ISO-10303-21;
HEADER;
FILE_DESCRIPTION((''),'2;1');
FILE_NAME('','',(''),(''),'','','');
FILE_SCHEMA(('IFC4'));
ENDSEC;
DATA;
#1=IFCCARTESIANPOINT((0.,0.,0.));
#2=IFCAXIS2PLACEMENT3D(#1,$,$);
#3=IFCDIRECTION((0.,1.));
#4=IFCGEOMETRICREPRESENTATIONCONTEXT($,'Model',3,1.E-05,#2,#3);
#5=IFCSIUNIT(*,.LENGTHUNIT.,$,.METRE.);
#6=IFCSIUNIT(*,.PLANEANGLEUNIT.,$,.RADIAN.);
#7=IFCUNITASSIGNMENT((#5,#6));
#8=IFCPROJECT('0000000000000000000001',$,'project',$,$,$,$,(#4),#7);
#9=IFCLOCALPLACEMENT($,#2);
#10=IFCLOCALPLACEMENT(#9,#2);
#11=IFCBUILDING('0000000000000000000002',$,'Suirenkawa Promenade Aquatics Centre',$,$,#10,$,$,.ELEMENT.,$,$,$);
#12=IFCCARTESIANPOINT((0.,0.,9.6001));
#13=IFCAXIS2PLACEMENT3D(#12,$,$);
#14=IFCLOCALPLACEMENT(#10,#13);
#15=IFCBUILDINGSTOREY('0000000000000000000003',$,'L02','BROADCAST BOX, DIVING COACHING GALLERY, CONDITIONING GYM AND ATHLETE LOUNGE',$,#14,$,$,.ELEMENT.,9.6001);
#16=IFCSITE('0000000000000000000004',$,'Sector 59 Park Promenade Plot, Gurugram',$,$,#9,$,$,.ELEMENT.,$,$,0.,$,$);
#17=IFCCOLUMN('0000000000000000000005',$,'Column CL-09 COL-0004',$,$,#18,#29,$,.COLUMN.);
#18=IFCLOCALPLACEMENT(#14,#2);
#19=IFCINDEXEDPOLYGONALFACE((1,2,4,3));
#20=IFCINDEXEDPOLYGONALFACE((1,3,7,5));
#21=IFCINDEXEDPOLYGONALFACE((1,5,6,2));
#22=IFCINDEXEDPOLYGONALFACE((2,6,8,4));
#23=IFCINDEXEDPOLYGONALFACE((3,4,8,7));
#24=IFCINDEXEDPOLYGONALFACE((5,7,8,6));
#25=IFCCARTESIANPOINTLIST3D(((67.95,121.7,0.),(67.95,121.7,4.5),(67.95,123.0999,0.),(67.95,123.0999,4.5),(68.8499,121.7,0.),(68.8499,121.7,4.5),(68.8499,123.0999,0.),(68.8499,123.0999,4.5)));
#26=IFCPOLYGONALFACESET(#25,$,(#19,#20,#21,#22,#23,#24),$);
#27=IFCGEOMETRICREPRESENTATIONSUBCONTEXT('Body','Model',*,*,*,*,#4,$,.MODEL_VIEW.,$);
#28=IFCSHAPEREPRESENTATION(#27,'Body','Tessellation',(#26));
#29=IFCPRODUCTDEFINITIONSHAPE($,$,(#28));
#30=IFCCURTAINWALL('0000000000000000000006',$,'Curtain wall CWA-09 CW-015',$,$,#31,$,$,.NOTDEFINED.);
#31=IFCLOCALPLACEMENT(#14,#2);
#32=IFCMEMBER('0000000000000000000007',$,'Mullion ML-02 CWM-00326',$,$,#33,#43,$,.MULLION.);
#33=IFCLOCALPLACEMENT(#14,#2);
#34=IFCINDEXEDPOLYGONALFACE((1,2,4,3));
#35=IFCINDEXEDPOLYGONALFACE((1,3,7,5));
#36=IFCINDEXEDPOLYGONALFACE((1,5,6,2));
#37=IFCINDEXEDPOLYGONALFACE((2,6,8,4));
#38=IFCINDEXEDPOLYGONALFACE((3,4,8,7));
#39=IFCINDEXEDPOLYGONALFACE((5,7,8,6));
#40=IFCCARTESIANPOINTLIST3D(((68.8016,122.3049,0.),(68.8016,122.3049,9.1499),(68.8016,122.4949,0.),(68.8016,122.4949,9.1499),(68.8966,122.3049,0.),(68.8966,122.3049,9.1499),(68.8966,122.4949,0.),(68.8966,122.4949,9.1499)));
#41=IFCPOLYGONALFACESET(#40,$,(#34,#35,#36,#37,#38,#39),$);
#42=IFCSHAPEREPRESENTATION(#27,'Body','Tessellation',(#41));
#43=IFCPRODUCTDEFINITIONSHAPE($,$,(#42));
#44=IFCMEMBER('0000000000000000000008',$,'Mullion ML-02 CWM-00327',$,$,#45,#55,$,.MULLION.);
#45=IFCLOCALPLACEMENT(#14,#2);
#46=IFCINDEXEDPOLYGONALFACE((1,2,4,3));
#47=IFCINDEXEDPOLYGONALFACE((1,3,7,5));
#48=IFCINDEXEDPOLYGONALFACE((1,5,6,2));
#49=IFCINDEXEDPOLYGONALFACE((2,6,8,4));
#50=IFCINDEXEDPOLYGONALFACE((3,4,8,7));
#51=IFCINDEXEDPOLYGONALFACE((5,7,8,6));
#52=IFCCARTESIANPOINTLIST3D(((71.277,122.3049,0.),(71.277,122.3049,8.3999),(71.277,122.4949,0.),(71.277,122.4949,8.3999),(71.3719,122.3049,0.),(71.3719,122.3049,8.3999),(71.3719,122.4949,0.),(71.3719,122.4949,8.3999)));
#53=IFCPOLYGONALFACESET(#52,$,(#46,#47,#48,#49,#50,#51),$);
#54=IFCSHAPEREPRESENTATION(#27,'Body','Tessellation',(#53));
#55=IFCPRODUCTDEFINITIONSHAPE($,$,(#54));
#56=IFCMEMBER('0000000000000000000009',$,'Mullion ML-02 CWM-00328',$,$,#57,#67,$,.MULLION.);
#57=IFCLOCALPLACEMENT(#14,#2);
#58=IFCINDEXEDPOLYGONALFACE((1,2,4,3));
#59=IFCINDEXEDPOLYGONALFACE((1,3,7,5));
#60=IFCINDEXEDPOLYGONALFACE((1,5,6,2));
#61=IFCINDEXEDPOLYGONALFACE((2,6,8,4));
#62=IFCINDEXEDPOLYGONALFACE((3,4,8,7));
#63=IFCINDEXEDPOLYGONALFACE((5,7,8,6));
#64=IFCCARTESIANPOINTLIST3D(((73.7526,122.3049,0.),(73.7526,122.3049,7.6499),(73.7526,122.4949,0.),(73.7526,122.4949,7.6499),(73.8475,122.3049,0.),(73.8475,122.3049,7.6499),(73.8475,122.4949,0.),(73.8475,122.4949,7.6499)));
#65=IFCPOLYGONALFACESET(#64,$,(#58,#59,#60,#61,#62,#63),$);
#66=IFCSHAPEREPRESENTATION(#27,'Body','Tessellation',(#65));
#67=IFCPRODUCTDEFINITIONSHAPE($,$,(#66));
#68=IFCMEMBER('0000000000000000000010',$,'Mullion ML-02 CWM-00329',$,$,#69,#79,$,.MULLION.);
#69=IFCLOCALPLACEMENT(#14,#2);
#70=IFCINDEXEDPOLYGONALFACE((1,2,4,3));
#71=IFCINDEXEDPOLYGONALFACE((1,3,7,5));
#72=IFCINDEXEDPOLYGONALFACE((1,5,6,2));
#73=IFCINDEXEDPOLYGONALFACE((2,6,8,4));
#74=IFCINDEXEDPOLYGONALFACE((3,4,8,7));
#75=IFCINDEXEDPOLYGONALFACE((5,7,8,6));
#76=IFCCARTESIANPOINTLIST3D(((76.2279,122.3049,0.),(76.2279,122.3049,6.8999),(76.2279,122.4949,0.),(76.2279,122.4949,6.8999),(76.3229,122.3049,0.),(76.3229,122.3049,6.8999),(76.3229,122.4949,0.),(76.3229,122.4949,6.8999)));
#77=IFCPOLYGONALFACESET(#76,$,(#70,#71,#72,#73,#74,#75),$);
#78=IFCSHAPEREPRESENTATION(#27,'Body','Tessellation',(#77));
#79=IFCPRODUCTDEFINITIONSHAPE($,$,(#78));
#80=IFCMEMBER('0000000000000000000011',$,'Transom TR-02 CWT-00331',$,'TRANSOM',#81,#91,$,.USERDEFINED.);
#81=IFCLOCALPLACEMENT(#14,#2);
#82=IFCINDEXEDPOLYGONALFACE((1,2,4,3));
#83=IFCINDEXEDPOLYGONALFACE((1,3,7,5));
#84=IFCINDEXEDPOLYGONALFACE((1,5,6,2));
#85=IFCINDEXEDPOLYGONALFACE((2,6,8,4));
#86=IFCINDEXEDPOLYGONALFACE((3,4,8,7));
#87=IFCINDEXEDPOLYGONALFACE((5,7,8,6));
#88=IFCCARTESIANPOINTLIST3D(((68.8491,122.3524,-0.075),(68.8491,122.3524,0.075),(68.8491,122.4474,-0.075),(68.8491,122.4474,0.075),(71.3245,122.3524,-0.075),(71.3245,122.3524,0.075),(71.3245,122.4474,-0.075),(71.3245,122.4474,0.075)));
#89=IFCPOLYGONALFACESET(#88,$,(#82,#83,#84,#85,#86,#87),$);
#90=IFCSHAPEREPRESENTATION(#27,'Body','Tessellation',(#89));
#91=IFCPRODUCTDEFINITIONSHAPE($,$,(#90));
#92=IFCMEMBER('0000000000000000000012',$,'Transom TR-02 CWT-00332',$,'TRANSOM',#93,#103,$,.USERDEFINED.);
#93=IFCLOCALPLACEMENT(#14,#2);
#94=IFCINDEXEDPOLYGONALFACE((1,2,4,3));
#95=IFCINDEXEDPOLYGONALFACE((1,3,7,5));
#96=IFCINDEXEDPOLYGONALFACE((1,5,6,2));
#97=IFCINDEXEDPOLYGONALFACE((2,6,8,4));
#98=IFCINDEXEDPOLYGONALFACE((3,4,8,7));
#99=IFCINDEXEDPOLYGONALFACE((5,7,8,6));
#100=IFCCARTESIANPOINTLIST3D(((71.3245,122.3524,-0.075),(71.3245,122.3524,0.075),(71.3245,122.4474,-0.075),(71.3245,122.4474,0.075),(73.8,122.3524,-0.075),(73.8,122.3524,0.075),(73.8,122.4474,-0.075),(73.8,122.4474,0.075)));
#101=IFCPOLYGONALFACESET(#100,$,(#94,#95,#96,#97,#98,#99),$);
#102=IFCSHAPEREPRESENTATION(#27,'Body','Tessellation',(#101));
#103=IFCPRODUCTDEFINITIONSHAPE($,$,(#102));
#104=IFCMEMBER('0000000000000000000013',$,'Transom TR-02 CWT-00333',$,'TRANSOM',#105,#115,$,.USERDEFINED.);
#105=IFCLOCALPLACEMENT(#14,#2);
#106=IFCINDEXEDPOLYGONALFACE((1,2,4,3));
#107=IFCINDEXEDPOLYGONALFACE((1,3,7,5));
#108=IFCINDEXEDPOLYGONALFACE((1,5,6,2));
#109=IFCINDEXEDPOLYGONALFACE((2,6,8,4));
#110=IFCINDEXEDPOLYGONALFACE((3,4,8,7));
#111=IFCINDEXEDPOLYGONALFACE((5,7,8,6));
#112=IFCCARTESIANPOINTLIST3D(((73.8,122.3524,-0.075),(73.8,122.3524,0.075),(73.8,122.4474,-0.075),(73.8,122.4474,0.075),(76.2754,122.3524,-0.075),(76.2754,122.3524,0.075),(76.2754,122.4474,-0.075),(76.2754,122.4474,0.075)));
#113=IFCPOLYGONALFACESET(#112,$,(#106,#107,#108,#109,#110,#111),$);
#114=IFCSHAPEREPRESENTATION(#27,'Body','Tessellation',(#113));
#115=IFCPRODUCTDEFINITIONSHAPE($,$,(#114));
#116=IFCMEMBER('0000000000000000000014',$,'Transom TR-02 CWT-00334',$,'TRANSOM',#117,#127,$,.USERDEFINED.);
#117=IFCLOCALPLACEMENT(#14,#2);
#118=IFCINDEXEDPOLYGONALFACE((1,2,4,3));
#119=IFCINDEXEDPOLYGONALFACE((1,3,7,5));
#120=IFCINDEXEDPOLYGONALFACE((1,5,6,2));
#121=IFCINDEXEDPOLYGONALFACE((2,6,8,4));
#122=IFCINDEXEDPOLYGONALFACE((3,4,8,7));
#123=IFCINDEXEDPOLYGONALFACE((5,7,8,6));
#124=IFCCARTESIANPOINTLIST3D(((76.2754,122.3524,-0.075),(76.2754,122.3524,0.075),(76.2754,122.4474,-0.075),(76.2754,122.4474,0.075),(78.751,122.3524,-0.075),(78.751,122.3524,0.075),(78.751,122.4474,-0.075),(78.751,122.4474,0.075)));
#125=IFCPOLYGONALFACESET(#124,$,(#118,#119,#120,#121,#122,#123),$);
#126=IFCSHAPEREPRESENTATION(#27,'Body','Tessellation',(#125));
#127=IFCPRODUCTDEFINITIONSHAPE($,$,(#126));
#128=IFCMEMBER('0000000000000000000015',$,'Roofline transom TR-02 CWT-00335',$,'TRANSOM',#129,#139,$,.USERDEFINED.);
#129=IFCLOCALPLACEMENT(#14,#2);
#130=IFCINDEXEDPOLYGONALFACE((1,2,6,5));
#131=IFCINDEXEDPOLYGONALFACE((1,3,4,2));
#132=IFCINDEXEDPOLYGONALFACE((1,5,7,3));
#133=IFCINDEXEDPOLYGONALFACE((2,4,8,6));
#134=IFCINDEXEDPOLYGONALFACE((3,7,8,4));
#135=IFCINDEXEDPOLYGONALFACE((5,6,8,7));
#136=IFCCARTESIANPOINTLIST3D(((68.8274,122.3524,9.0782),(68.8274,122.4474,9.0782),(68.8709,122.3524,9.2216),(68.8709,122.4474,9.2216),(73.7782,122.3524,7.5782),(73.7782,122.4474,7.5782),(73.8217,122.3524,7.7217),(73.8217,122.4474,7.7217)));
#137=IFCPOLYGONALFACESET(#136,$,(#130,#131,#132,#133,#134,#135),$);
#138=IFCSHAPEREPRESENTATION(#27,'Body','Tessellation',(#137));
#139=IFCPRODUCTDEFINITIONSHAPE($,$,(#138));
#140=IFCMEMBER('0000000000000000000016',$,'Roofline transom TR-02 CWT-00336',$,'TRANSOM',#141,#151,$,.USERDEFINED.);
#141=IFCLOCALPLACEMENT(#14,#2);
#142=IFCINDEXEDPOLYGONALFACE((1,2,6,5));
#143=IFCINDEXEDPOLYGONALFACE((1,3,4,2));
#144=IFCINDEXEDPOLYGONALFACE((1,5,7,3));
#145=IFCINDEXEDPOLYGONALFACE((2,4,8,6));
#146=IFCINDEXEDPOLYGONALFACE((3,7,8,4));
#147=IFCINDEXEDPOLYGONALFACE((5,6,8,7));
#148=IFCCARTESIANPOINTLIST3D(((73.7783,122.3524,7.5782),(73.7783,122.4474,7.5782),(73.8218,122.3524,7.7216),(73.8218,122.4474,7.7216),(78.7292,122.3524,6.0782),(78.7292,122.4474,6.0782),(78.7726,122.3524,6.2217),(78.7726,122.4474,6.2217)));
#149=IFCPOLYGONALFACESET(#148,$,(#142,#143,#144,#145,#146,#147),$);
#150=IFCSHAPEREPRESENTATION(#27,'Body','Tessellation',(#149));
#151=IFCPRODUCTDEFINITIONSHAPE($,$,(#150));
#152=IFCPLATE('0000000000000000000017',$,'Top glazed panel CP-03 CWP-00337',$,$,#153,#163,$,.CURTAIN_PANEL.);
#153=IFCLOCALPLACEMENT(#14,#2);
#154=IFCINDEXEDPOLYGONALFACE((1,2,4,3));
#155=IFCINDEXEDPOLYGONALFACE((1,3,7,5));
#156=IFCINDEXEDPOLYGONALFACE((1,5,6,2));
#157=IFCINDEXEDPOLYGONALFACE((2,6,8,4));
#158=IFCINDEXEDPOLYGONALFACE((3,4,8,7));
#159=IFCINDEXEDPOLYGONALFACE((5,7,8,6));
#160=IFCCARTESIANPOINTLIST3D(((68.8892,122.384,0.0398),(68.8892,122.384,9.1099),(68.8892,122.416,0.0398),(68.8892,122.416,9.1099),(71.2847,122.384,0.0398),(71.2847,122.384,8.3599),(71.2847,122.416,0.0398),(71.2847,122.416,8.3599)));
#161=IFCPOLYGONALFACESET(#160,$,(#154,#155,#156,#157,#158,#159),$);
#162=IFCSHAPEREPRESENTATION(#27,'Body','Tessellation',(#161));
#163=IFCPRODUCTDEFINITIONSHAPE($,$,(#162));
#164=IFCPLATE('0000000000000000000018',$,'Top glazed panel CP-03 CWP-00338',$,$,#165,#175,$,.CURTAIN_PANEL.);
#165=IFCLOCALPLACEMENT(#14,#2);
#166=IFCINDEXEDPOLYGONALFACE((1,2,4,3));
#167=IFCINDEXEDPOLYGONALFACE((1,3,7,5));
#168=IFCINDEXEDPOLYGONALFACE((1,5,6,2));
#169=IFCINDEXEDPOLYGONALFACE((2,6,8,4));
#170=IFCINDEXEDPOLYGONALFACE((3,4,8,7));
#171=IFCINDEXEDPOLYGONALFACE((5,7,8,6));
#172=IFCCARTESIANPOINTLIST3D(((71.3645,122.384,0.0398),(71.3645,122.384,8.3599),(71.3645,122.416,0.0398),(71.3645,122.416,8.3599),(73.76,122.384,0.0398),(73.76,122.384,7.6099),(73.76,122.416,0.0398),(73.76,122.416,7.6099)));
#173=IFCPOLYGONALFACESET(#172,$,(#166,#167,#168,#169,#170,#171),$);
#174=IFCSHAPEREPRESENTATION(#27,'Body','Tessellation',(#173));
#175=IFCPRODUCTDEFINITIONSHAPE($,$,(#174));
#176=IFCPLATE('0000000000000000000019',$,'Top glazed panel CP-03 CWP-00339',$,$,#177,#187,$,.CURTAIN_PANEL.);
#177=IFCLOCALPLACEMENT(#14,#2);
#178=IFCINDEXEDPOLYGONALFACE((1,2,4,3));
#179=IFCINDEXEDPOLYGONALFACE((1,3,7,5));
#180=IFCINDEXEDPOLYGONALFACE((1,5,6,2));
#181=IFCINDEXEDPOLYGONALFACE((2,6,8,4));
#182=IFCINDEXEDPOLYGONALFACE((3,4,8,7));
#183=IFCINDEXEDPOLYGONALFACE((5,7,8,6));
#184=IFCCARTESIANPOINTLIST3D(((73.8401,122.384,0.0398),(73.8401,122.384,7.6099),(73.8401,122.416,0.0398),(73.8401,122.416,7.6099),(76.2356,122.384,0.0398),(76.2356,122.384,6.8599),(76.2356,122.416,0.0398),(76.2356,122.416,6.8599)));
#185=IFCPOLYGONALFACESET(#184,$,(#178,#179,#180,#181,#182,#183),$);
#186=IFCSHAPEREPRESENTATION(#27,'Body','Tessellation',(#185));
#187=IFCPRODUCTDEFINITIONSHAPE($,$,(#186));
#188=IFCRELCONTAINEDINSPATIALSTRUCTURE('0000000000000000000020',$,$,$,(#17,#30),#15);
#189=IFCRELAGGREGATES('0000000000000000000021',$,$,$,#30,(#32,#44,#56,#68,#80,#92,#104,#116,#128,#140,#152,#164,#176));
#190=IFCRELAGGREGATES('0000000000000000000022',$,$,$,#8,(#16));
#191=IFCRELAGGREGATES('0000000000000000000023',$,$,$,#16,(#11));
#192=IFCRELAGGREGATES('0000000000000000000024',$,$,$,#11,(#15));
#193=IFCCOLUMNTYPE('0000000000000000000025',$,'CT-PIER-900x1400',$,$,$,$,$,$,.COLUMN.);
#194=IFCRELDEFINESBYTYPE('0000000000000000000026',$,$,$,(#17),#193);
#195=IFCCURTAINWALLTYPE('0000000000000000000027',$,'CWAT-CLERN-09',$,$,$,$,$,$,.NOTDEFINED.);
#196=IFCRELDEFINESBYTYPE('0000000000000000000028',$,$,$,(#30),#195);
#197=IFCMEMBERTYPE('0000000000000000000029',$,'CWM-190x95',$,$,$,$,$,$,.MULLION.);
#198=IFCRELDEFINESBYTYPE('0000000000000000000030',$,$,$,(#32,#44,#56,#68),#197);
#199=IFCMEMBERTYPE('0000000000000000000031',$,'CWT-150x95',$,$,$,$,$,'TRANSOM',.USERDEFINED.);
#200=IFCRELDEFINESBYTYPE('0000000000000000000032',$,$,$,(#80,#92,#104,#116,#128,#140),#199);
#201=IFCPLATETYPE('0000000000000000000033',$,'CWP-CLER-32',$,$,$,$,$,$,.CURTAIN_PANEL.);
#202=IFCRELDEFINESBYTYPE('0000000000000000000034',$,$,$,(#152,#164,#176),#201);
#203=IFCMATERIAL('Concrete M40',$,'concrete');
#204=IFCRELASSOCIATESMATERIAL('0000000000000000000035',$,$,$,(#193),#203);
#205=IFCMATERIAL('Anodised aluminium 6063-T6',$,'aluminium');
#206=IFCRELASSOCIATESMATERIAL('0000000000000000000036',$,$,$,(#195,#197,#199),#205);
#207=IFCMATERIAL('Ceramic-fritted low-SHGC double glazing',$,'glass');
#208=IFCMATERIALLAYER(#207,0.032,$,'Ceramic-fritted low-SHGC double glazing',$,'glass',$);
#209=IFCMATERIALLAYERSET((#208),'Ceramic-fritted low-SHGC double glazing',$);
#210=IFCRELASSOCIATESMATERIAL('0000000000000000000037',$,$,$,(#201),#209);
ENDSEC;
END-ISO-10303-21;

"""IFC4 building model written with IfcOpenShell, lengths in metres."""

from ifc_helpers import new_model, si_unit, direction, frame, origin, origin_2d, place, context, subcontext, project, spatial, polyline, rectangle, outline, extrude, material, layer, layer_set, material_profile, profile_set, type_object, element, aggregate, save


model = new_model("IFC4")

# Units and contexts
model_context = context("Model", 3, precision=1e-05, world=origin(), true_north=direction((0.0, 1.0)))
body_context = subcontext(model_context, "Body", "Model", "MODEL_VIEW")
ifc_project = project(units=[si_unit("LENGTHUNIT", "METRE"), si_unit("PLANEANGLEUNIT", "RADIAN")], contexts=[model_context])

# Site, building, storey
site_placement = place(None, origin())
site = spatial("IfcSite", under=ifc_project, at=site_placement, Name="Sector 59 Park Promenade Plot, Gurugram", CompositionType="ELEMENT", RefElevation=0.0)
building_placement = place(site_placement, origin())
building = spatial("IfcBuilding", under=site, at=building_placement, Name="Suirenkawa Promenade Aquatics Centre", CompositionType="ELEMENT")
storey_placement = place(building_placement, frame((0.0, 0.0, 9.6001)))
storey = spatial("IfcBuildingStorey", under=building, at=storey_placement, Name="L02", Description="BROADCAST BOX, DIVING COACHING GALLERY, CONDITIONING GYM AND ATHLETE LOUNGE", CompositionType="ELEMENT", Elevation=9.6001)

# Column
ifc_material_1 = material(Name="Concrete M40", Category="concrete")
ifc_material_profile_1 = material_profile(ifc_material_1, rectangle(XDim=0.8999, YDim=1.3999, at=origin_2d()), Name="RC PIER 900x1400", Category="concrete")
ifc_profile_set_1 = profile_set([ifc_material_profile_1], Name="Concrete M40")
column_type = type_object("IfcColumnType", Name="CT-PIER-900x1400", PredefinedType="COLUMN", material=ifc_profile_set_1)
column_placement = place(storey_placement, frame((68.3999, 122.3999, 0.0), z_axis=(0.0, 0.0, 1.0), x_axis=(1.0, 0.0, 0.0)))
element("IfcColumn", 1, at=column_placement, inside=storey, type_object=column_type, Name="Column CL-09 COL-0004", PredefinedType="COLUMN", context=body_context, shape_type="SweptSolid", body=[
    extrude(rectangle(XDim=0.8999, YDim=1.3999, at=origin_2d()), origin(), (0.0, 0.0, 1.0), 4.5),
])

# Curtain wall, members, plates
ifc_material_2 = material(Name="Anodised aluminium 6063-T6", Category="aluminium")
curtain_wall_type = type_object("IfcCurtainWallType", Name="CWAT-CLERN-09", PredefinedType="NOTDEFINED", material=ifc_material_2)
curtain_wall_placement = place(storey_placement, origin())
curtain_wall = element("IfcCurtainWall", 2, at=curtain_wall_placement, inside=storey, type_object=curtain_wall_type, Name="Curtain wall CWA-09 CW-015", PredefinedType="NOTDEFINED")
ifc_material_profile_2 = material_profile(ifc_material_2, rectangle(XDim=0.095, YDim=0.1899, at=origin_2d()), Name="ALU MULL 95x190", Category="aluminium")
ifc_profile_set_2 = profile_set([ifc_material_profile_2], Name="Anodised aluminium 6063-T6")
member_type_1 = type_object("IfcMemberType", Name="CWM-190x95", PredefinedType="MULLION", material=ifc_profile_set_2)
member_1_placement = place(storey_placement, frame((68.8491, 122.3999, 0.0), z_axis=(0.0, 0.0, 1.0), x_axis=(1.0, 0.0, 0.0)))
member_1 = element("IfcMember", 3, at=member_1_placement, type_object=member_type_1, Name="Mullion ML-02 CWM-00326", PredefinedType="MULLION", context=body_context, shape_type="SweptSolid", body=[
    extrude(rectangle(XDim=0.095, YDim=0.1899, at=origin_2d()), origin(), (0.0, 0.0, 1.0), 9.1499),
])
member_2_placement = place(storey_placement, frame((71.3245, 122.3999, 0.0), z_axis=(0.0, 0.0, 1.0), x_axis=(1.0, 0.0, 0.0)))
member_2 = element("IfcMember", 4, at=member_2_placement, type_object=member_type_1, Name="Mullion ML-02 CWM-00327", PredefinedType="MULLION", context=body_context, shape_type="SweptSolid", body=[
    extrude(rectangle(XDim=0.095, YDim=0.1899, at=origin_2d()), origin(), (0.0, 0.0, 1.0), 8.3999),
])
member_3_placement = place(storey_placement, frame((73.8, 122.3999, 0.0), z_axis=(0.0, 0.0, 1.0), x_axis=(1.0, 0.0, 0.0)))
member_3 = element("IfcMember", 5, at=member_3_placement, type_object=member_type_1, Name="Mullion ML-02 CWM-00328", PredefinedType="MULLION", context=body_context, shape_type="SweptSolid", body=[
    extrude(rectangle(XDim=0.095, YDim=0.1899, at=origin_2d()), origin(), (0.0, 0.0, 1.0), 7.6499),
])
member_4_placement = place(storey_placement, frame((76.2754, 122.3999, 0.0), z_axis=(0.0, 0.0, 1.0), x_axis=(1.0, 0.0, 0.0)))
member_4 = element("IfcMember", 6, at=member_4_placement, type_object=member_type_1, Name="Mullion ML-02 CWM-00329", PredefinedType="MULLION", context=body_context, shape_type="SweptSolid", body=[
    extrude(rectangle(XDim=0.095, YDim=0.1899, at=origin_2d()), origin(), (0.0, 0.0, 1.0), 6.8999),
])
ifc_material_profile_3 = material_profile(ifc_material_2, rectangle(XDim=0.095, YDim=0.1499, at=origin_2d()), Name="ALU TRAN 95x150", Category="aluminium")
ifc_profile_set_3 = profile_set([ifc_material_profile_3], Name="Anodised aluminium 6063-T6")
member_type_2 = type_object("IfcMemberType", Name="CWT-150x95", ElementType="TRANSOM", PredefinedType="USERDEFINED", material=ifc_profile_set_3)
member_5_placement = place(storey_placement, frame((68.8491, 122.3999, 0.0), z_axis=(1.0, 0.0, 0.0), x_axis=(0.0, 1.0, 0.0)))
member_5 = element("IfcMember", 7, at=member_5_placement, type_object=member_type_2, Name="Transom TR-02 CWT-00331", ObjectType="TRANSOM", PredefinedType="USERDEFINED", context=body_context, shape_type="SweptSolid", body=[
    extrude(rectangle(XDim=0.095, YDim=0.1499, at=origin_2d()), origin(), (0.0, 0.0, 1.0), 2.4753),
])
member_6_placement = place(storey_placement, frame((71.3245, 122.3999, 0.0), z_axis=(1.0, 0.0, 0.0), x_axis=(0.0, 1.0, 0.0)))
member_6 = element("IfcMember", 8, at=member_6_placement, type_object=member_type_2, Name="Transom TR-02 CWT-00332", ObjectType="TRANSOM", PredefinedType="USERDEFINED", context=body_context, shape_type="SweptSolid", body=[
    extrude(rectangle(XDim=0.095, YDim=0.1499, at=origin_2d()), origin(), (0.0, 0.0, 1.0), 2.4756),
])
member_7_placement = place(storey_placement, frame((73.8, 122.3999, 0.0), z_axis=(1.0, 0.0, 0.0), x_axis=(0.0, 1.0, 0.0)))
member_7 = element("IfcMember", 9, at=member_7_placement, type_object=member_type_2, Name="Transom TR-02 CWT-00333", ObjectType="TRANSOM", PredefinedType="USERDEFINED", context=body_context, shape_type="SweptSolid", body=[
    extrude(rectangle(XDim=0.095, YDim=0.1499, at=origin_2d()), origin(), (0.0, 0.0, 1.0), 2.4753),
])
member_8_placement = place(storey_placement, frame((76.2754, 122.3999, 0.0), z_axis=(1.0, 0.0, 0.0), x_axis=(0.0, 1.0, 0.0)))
member_8 = element("IfcMember", 10, at=member_8_placement, type_object=member_type_2, Name="Transom TR-02 CWT-00334", ObjectType="TRANSOM", PredefinedType="USERDEFINED", context=body_context, shape_type="SweptSolid", body=[
    extrude(rectangle(XDim=0.095, YDim=0.1499, at=origin_2d()), origin(), (0.0, 0.0, 1.0), 2.4756),
])
member_9_placement = place(storey_placement, frame((68.8491, 122.3999, 9.1499), z_axis=(0.957039, 0.0, -0.289958), x_axis=(0.0, 1.0, 0.0)))
member_9 = element("IfcMember", 11, at=member_9_placement, type_object=member_type_2, Name="Roofline transom TR-02 CWT-00335", ObjectType="TRANSOM", PredefinedType="USERDEFINED", context=body_context, shape_type="SweptSolid", body=[
    extrude(rectangle(XDim=0.095, YDim=0.1499, at=origin_2d()), origin(), (0.0, 0.0, 1.0), 5.1731),
])
member_10_placement = place(storey_placement, frame((73.8, 122.3999, 7.6499), z_axis=(0.957039, 0.0, -0.289958), x_axis=(0.0, 1.0, 0.0)))
member_10 = element("IfcMember", 12, at=member_10_placement, type_object=member_type_2, Name="Roofline transom TR-02 CWT-00336", ObjectType="TRANSOM", PredefinedType="USERDEFINED", context=body_context, shape_type="SweptSolid", body=[
    extrude(rectangle(XDim=0.095, YDim=0.1499, at=origin_2d()), origin(), (0.0, 0.0, 1.0), 5.1731),
])
ifc_material_3 = material(Name="Ceramic-fritted low-SHGC double glazing", Category="glass")
ifc_layer_1 = layer(ifc_material_3, 0.032, Name="Ceramic-fritted low-SHGC double glazing", Category="glass")
ifc_layer_set_1 = layer_set([ifc_layer_1], Name="Ceramic-fritted low-SHGC double glazing")
plate_type = type_object("IfcPlateType", Name="CWP-CLER-32", PredefinedType="CURTAIN_PANEL", material=ifc_layer_set_1)
plate_1_placement = place(storey_placement, frame((68.8491, 122.3999, 0.0398), z_axis=(0.0, 0.0, 1.0), x_axis=(1.0, 0.0, 0.0)))
plate_1 = element("IfcPlate", 13, at=plate_1_placement, type_object=plate_type, Name="Top glazed panel CP-03 CWP-00337", PredefinedType="CURTAIN_PANEL", context=body_context, shape_type="SweptSolid", body=[
    extrude(outline(polyline([(0.04, 0.0), (2.4355, 0.0), (2.4355, 8.3201), (0.04, 9.0701), (0.04, 0.0)])), frame((0.0, 0.0161, 0.0), z_axis=(0.0, -1.0, 0.0), x_axis=(1.0, 0.0, 0.0)), (0.0, 0.0, 1.0), 0.032),
])
plate_2_placement = place(storey_placement, frame((71.3245, 122.3999, 0.0398), z_axis=(0.0, 0.0, 1.0), x_axis=(1.0, 0.0, 0.0)))
plate_2 = element("IfcPlate", 14, at=plate_2_placement, type_object=plate_type, Name="Top glazed panel CP-03 CWP-00338", PredefinedType="CURTAIN_PANEL", context=body_context, shape_type="SweptSolid", body=[
    extrude(outline(polyline([(0.04, 0.0), (2.4355, 0.0), (2.4355, 7.5701), (0.04, 8.3201), (0.04, 0.0)])), frame((0.0, 0.0161, 0.0), z_axis=(0.0, -1.0, 0.0), x_axis=(1.0, 0.0, 0.0)), (0.0, 0.0, 1.0), 0.032),
])
plate_3_placement = place(storey_placement, frame((73.8, 122.3999, 0.0398), z_axis=(0.0, 0.0, 1.0), x_axis=(1.0, 0.0, 0.0)))
plate_3 = element("IfcPlate", 15, at=plate_3_placement, type_object=plate_type, Name="Top glazed panel CP-03 CWP-00339", PredefinedType="CURTAIN_PANEL", context=body_context, shape_type="SweptSolid", body=[
    extrude(outline(polyline([(0.04, 0.0), (2.4355, 0.0), (2.4355, 6.8201), (0.04, 7.5701), (0.04, 0.0)])), frame((0.0, 0.0161, 0.0), z_axis=(0.0, -1.0, 0.0), x_axis=(1.0, 0.0, 0.0)), (0.0, 0.0, 1.0), 0.032),
])
aggregate(curtain_wall, [member_1, member_2, member_3, member_4, member_5, member_6, member_7, member_8, member_9, member_10, plate_1, plate_2, plate_3])

save(model, "model.ifc")
